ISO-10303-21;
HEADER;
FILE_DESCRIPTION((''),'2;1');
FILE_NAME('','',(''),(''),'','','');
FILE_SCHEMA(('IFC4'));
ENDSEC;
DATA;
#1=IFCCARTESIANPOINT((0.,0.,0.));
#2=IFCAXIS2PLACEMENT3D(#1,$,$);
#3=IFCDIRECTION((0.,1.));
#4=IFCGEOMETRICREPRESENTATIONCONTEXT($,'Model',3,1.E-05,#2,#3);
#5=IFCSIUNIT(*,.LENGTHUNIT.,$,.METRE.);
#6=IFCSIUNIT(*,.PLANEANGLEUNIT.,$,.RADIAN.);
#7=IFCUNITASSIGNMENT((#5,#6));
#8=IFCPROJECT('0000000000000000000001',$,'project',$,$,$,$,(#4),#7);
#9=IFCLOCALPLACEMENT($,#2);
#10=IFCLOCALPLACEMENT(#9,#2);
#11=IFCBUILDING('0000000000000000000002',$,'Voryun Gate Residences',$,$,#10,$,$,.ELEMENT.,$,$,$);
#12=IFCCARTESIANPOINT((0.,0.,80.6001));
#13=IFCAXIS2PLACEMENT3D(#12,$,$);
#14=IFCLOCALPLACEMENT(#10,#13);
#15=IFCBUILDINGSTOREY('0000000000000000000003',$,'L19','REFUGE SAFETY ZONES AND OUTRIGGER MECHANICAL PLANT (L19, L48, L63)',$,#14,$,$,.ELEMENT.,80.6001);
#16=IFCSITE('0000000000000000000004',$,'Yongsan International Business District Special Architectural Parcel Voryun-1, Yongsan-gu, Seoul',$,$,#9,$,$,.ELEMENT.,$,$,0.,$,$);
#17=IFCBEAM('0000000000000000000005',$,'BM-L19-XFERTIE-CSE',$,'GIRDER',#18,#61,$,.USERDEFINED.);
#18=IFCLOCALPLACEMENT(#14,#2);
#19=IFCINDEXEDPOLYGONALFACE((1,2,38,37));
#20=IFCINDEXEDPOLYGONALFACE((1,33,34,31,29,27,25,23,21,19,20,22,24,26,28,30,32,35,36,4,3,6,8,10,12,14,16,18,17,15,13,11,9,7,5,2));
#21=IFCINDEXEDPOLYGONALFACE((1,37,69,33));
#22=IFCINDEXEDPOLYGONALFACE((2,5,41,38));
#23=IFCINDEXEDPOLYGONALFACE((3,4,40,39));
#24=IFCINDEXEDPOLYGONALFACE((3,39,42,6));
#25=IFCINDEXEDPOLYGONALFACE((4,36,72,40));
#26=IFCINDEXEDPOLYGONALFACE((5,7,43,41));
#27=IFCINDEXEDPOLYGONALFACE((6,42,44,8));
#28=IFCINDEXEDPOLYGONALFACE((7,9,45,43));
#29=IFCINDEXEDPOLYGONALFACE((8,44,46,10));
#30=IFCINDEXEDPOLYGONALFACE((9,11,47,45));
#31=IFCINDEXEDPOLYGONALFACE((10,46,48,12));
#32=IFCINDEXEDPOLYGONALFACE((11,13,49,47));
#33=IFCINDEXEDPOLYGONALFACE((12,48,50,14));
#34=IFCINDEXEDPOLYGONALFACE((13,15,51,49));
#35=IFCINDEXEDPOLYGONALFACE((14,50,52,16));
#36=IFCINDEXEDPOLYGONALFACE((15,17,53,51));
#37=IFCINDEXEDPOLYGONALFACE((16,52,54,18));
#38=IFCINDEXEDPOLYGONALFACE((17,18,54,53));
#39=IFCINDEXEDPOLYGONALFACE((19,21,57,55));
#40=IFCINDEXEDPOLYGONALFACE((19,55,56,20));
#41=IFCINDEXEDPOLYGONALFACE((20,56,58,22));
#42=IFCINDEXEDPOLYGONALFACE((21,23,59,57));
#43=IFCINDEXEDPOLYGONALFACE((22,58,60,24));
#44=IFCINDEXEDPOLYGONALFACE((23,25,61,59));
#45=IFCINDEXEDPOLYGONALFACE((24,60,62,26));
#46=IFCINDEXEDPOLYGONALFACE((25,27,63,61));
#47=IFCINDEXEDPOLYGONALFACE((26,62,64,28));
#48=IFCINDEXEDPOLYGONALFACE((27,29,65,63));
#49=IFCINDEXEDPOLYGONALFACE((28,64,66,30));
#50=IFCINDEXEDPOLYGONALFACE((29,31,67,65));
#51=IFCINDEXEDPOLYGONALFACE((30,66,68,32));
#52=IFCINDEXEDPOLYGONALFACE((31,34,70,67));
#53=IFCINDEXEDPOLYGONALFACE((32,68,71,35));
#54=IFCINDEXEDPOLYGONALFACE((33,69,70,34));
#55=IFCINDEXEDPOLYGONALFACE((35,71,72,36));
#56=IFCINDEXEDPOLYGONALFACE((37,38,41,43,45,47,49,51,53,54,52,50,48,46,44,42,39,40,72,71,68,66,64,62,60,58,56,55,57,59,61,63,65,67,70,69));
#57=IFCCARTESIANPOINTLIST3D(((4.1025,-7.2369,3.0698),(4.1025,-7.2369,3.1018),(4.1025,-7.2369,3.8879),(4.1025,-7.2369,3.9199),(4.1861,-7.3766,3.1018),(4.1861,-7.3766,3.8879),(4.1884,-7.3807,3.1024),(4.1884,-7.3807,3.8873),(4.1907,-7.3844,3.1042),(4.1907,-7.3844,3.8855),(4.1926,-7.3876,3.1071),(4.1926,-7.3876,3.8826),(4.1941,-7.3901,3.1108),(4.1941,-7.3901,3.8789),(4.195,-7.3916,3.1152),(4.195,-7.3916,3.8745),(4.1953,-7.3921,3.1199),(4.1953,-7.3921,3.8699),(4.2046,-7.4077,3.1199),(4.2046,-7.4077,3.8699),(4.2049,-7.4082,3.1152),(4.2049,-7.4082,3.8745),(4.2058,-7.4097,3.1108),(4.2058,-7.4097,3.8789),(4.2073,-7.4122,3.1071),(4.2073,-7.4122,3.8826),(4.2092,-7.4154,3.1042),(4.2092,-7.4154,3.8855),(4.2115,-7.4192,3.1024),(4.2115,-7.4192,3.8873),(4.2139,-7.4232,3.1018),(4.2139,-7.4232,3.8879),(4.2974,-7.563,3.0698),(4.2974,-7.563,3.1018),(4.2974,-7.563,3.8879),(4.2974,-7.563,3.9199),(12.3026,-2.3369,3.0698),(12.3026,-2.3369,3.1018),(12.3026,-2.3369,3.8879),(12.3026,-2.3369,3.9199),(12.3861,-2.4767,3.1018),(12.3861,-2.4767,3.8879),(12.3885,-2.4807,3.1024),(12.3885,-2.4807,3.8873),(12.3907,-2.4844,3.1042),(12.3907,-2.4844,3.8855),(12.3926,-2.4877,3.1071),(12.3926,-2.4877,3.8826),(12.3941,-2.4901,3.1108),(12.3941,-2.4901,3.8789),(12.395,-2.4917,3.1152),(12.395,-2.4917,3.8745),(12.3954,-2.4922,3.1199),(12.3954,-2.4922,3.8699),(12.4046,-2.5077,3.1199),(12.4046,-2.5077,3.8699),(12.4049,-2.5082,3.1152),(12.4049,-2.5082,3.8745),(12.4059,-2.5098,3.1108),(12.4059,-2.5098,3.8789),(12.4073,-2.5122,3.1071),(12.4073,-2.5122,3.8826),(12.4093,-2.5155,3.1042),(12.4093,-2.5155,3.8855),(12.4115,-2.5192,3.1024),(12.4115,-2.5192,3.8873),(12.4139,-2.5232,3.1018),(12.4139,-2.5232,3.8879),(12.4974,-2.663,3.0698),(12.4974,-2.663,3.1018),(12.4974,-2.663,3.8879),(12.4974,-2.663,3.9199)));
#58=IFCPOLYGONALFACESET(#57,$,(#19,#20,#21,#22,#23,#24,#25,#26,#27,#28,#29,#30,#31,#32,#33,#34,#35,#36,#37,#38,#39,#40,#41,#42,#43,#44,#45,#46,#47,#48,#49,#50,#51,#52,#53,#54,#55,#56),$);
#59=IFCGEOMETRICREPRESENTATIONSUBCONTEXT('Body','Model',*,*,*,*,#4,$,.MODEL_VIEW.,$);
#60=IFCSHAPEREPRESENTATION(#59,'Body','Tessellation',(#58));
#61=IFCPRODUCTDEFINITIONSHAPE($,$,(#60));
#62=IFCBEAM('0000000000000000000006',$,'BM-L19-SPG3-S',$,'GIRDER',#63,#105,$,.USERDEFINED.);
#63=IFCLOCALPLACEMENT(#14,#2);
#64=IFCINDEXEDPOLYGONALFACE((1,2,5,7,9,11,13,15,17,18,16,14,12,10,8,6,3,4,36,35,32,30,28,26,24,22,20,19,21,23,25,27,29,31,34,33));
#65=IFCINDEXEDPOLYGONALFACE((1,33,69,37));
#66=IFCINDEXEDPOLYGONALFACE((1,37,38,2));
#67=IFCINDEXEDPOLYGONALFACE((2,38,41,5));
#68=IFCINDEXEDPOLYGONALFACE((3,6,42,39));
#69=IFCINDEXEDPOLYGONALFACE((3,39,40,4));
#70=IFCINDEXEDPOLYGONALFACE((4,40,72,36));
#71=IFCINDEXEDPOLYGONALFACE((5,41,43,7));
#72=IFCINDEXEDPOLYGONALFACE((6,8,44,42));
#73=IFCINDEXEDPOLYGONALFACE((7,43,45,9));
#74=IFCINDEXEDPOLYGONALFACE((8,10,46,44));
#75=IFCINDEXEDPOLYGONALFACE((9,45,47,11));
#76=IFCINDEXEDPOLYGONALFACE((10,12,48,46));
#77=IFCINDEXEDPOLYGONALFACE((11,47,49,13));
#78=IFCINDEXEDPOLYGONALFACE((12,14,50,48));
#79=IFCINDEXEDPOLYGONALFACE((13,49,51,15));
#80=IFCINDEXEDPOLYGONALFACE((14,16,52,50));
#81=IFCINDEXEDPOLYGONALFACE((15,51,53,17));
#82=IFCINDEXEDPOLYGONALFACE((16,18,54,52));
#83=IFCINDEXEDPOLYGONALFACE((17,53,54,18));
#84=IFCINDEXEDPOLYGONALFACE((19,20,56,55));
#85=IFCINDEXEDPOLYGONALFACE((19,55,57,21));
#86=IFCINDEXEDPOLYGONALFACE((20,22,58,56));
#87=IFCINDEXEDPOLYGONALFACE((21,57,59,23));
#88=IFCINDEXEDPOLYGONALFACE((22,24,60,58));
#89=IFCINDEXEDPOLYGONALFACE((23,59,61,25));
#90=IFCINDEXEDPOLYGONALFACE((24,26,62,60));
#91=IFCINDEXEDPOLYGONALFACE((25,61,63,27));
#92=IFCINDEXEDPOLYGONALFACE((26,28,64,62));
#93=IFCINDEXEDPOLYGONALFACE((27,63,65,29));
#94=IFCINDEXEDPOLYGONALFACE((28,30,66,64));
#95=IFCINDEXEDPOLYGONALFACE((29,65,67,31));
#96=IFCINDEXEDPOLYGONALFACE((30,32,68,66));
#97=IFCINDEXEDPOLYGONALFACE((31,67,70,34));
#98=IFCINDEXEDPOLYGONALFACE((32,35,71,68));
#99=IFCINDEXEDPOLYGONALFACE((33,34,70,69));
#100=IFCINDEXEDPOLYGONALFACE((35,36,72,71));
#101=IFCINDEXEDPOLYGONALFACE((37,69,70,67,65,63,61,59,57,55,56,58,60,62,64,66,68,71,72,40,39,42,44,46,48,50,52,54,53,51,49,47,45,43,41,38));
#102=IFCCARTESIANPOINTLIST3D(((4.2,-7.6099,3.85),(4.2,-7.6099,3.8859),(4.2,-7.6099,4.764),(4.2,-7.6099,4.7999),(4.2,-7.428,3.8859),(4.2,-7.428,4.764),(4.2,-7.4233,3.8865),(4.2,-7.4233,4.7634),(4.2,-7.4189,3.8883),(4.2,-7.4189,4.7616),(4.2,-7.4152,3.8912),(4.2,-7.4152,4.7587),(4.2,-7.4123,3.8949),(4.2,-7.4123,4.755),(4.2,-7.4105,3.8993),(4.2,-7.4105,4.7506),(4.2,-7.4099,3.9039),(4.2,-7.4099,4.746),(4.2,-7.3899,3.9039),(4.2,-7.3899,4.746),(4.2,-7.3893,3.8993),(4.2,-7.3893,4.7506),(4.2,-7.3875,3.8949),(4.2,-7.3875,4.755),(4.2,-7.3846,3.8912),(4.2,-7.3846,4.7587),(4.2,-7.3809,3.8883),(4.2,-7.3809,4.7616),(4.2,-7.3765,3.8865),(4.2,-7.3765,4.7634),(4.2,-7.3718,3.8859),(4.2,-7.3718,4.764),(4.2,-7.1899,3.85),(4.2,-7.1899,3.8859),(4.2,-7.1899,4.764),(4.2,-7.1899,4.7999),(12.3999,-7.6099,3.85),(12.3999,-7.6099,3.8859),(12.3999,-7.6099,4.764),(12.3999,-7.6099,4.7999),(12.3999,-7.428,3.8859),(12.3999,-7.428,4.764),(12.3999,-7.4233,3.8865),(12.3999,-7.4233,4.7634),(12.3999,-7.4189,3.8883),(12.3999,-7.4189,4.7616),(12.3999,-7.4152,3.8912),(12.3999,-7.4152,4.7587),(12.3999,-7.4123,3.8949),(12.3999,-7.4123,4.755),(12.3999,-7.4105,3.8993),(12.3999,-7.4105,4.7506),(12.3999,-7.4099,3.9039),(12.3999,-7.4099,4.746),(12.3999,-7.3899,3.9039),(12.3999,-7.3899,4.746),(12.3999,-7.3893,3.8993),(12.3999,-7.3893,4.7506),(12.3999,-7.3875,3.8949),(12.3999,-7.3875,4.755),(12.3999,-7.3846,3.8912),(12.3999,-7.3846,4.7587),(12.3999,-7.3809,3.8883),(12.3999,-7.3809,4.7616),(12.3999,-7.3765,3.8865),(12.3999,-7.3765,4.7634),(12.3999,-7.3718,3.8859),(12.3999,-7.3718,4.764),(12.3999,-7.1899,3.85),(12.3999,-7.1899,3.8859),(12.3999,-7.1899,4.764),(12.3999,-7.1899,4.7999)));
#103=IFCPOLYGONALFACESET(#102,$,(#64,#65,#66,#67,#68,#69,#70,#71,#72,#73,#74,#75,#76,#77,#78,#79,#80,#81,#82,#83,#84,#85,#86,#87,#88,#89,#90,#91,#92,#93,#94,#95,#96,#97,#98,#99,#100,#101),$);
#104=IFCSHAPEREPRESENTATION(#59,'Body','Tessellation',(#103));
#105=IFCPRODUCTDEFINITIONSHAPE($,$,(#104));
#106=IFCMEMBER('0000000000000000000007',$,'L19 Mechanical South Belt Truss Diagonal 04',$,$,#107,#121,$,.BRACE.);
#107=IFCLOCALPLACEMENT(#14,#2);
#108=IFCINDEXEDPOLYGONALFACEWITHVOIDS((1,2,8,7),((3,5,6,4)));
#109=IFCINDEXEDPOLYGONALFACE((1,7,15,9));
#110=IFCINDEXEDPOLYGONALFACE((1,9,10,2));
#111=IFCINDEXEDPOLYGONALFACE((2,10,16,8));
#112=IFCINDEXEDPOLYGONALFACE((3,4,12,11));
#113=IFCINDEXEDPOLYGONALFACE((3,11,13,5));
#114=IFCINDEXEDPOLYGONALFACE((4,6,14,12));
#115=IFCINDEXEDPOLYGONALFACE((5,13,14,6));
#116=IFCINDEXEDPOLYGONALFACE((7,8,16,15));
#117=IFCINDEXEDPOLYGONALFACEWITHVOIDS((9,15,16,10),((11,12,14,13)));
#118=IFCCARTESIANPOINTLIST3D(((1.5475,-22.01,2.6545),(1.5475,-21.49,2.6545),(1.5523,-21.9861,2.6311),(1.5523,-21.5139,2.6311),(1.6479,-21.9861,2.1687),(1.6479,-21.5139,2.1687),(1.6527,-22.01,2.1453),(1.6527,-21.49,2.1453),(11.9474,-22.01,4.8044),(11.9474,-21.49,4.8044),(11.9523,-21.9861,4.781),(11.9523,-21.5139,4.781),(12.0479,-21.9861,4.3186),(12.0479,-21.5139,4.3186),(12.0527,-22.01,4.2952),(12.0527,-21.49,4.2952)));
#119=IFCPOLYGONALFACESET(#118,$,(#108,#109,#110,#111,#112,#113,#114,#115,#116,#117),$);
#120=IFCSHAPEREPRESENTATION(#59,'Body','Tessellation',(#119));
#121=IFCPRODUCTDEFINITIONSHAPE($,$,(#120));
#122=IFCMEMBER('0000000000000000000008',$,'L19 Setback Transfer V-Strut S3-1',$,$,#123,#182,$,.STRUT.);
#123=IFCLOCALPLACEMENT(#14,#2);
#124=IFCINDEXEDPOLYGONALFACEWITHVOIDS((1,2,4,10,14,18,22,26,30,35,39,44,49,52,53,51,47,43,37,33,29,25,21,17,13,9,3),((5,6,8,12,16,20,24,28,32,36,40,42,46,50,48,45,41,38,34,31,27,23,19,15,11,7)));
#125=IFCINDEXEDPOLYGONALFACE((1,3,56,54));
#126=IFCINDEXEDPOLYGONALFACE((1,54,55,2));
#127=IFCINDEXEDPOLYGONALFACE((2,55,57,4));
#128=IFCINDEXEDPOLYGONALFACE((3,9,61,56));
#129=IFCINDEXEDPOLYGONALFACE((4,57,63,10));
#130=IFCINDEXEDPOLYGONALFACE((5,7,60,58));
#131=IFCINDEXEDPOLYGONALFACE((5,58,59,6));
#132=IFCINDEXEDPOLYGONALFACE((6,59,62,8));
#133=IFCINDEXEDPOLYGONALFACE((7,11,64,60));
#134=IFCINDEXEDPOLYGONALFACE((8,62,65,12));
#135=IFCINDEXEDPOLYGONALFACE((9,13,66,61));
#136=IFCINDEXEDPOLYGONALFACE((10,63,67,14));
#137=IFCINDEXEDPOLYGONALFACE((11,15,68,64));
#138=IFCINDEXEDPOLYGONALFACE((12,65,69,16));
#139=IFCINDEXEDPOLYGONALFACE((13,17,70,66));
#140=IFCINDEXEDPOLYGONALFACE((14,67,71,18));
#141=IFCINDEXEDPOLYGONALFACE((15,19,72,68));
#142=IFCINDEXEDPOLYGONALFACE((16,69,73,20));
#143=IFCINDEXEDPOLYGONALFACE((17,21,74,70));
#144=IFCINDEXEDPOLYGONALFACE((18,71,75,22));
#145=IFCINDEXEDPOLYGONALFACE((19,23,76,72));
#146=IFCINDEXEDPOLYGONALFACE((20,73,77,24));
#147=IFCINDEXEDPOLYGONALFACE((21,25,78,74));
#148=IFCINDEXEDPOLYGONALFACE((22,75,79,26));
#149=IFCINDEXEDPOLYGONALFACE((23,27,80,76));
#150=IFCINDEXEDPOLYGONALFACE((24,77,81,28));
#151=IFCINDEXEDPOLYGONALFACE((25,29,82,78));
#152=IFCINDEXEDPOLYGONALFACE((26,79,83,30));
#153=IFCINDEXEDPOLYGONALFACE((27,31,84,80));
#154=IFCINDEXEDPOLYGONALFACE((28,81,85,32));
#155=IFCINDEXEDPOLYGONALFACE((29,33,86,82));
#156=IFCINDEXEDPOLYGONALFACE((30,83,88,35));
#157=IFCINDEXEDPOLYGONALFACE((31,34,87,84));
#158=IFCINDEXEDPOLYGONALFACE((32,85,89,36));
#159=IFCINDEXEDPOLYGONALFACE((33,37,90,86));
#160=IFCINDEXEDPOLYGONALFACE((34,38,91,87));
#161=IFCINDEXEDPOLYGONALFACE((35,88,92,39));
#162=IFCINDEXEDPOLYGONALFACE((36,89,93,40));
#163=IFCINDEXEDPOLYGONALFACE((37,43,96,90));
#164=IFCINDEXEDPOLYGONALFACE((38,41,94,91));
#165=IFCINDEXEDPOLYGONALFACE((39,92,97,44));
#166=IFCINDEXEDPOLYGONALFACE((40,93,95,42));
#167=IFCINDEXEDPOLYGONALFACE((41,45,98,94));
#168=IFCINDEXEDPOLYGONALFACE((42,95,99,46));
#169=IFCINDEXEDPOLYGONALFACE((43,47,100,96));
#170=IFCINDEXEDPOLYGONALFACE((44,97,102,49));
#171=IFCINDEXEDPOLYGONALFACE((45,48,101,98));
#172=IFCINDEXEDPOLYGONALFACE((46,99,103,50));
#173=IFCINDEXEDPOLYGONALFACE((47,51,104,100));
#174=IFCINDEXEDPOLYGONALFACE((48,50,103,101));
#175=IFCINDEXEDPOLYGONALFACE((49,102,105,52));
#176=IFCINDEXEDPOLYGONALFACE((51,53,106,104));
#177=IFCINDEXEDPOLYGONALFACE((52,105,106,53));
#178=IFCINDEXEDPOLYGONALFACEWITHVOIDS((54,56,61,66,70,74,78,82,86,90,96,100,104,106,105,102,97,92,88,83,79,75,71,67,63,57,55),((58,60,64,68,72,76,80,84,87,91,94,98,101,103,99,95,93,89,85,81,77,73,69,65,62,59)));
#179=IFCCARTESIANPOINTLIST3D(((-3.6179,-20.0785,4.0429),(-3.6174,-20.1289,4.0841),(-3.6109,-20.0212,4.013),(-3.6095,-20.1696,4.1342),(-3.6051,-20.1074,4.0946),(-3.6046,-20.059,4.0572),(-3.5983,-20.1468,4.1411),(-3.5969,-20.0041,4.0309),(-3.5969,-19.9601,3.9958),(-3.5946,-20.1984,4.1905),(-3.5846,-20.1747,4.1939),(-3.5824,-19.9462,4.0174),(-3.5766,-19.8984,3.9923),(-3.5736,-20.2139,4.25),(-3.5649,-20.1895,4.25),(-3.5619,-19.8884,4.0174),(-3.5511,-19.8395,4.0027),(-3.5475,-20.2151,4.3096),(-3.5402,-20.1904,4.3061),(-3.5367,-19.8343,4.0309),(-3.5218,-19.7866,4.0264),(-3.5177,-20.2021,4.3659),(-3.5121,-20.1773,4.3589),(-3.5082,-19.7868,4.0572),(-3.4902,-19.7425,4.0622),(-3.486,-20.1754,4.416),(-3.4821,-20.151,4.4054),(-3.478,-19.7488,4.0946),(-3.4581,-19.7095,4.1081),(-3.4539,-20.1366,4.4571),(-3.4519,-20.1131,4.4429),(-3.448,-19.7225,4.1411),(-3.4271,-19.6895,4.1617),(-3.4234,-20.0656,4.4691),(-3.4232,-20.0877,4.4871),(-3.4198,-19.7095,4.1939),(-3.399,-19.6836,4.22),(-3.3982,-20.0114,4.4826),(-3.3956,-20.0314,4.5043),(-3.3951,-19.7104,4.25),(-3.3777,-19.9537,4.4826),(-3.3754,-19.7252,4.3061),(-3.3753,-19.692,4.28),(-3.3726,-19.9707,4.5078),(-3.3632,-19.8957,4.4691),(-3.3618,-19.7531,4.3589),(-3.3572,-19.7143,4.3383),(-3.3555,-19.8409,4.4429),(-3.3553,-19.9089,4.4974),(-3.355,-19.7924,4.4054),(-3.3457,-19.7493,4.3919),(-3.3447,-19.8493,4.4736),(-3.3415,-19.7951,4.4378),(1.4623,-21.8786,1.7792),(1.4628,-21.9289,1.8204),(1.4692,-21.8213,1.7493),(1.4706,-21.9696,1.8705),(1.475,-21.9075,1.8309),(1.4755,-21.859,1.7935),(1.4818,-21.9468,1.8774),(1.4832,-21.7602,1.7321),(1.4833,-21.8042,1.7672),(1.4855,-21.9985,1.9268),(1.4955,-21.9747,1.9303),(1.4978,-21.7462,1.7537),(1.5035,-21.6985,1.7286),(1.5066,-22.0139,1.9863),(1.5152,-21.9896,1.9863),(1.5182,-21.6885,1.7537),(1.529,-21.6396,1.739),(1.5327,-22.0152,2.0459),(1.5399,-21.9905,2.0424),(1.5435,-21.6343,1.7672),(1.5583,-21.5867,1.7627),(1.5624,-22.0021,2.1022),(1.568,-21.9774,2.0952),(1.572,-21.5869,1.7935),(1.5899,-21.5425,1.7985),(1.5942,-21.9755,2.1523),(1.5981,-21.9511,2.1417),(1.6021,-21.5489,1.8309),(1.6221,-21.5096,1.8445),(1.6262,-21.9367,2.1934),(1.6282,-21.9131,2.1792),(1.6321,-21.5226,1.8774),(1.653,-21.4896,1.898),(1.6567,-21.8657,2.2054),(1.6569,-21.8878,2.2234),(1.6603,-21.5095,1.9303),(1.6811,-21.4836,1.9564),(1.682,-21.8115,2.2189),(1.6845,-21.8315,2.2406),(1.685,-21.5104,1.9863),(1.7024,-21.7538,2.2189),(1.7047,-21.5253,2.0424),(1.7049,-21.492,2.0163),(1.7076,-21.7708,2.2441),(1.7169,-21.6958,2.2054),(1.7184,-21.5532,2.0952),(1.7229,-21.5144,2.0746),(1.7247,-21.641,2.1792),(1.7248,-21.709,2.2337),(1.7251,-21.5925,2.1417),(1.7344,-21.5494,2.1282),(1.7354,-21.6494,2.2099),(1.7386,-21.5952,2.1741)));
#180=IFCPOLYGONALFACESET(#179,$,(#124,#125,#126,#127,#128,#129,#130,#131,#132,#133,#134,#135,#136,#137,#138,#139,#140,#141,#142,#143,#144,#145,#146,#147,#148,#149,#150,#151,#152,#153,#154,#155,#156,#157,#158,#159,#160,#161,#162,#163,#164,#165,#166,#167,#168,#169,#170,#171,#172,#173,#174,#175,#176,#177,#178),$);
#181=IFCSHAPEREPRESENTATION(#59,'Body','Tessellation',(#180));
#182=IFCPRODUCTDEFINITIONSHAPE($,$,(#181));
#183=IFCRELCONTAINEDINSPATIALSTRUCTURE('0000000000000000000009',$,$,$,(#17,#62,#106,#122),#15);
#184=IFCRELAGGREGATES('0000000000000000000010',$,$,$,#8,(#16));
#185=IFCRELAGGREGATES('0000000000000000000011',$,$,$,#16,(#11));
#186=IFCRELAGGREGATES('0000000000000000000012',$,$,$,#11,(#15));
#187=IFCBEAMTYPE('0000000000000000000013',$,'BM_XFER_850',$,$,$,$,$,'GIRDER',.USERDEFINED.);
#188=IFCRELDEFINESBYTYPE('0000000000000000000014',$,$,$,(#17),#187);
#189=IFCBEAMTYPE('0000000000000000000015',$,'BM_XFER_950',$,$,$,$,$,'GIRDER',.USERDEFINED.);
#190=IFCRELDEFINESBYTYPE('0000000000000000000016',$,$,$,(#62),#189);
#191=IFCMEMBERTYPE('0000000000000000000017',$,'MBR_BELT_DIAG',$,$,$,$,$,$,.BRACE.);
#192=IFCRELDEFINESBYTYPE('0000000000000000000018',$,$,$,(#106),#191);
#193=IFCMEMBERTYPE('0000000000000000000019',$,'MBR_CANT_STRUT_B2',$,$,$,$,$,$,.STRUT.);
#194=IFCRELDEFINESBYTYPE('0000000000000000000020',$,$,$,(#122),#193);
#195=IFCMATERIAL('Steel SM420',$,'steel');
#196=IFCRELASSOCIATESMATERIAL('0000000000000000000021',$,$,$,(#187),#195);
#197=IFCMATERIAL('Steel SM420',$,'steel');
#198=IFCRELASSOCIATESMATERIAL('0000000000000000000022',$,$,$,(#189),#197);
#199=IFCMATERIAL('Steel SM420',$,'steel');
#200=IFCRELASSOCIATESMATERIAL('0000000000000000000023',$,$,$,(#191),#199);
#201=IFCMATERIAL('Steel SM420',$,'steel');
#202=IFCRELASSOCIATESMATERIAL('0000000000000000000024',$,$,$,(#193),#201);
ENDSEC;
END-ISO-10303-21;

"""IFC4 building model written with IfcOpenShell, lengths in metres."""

from ifc_helpers import new_model, si_unit, direction, frame, origin, origin_2d, place, context, subcontext, project, spatial, hollow_rectangle, hollow_circle, i_section, extrude, material, material_profile, profile_set, type_object, element, save


model = new_model("IFC4")

# Units and contexts
model_context = context("Model", 3, precision=1e-05, world=origin(), true_north=direction((0.0, 1.0)))
body_context = subcontext(model_context, "Body", "Model", "MODEL_VIEW")
ifc_project = project(units=[si_unit("LENGTHUNIT", "METRE"), si_unit("PLANEANGLEUNIT", "RADIAN")], contexts=[model_context])

# Site, building, storey
site_placement = place(None, origin())
site = spatial("IfcSite", under=ifc_project, at=site_placement, Name="Yongsan International Business District Special Architectural Parcel Voryun-1, Yongsan-gu, Seoul", CompositionType="ELEMENT", RefElevation=0.0)
building_placement = place(site_placement, origin())
building = spatial("IfcBuilding", under=site, at=building_placement, Name="Voryun Gate Residences", CompositionType="ELEMENT")
storey_placement = place(building_placement, frame((0.0, 0.0, 80.6001)))
storey = spatial("IfcBuildingStorey", under=building, at=storey_placement, Name="L19", Description="REFUGE SAFETY ZONES AND OUTRIGGER MECHANICAL PLANT (L19, L48, L63)", CompositionType="ELEMENT", Elevation=80.6001)

# Beams
ifc_material_1 = material(Name="Steel SM420", Category="steel")
ifc_material_profile_1 = material_profile(ifc_material_1, i_section(OverallWidth=0.3799, OverallDepth=0.8501, WebThickness=0.0181, FlangeThickness=0.032, FilletRadius=0.0181, at=origin_2d()), Name="H-850x380x18x32")
ifc_profile_set_1 = profile_set([ifc_material_profile_1], Name="Steel SM420")
beam_type_1 = type_object("IfcBeamType", Name="BM_XFER_850", ElementType="GIRDER", PredefinedType="USERDEFINED", material=ifc_profile_set_1)
beam_1_placement = place(storey_placement, frame((4.2, -7.3999, 3.4949), z_axis=(0.858418, 0.51295, 0.0), x_axis=(-0.51295, 0.858418, 0.0)))
element("IfcBeam", 1, at=beam_1_placement, inside=storey, type_object=beam_type_1, Name="BM-L19-XFERTIE-CSE", ObjectType="GIRDER", PredefinedType="USERDEFINED", context=body_context, shape_type="SweptSolid", body=[
    extrude(i_section(OverallWidth=0.3799, OverallDepth=0.8501, WebThickness=0.0181, FlangeThickness=0.032, FilletRadius=0.0181, at=origin_2d()), origin(), (0.0, 0.0, 1.0), 9.5525),
])
ifc_material_2 = material(Name="Steel SM420", Category="steel")
ifc_material_profile_2 = material_profile(ifc_material_2, i_section(OverallWidth=0.4199, OverallDepth=0.95, WebThickness=0.02, FlangeThickness=0.0359, FilletRadius=0.0181, at=origin_2d()), Name="H-950x420x20x36")
ifc_profile_set_2 = profile_set([ifc_material_profile_2], Name="Steel SM420")
beam_type_2 = type_object("IfcBeamType", Name="BM_XFER_950", ElementType="GIRDER", PredefinedType="USERDEFINED", material=ifc_profile_set_2)
beam_2_placement = place(storey_placement, frame((4.2, -7.3999, 4.325), z_axis=(1.0, 0.0, 0.0), x_axis=(0.0, 1.0, 0.0)))
element("IfcBeam", 2, at=beam_2_placement, inside=storey, type_object=beam_type_2, Name="BM-L19-SPG3-S", ObjectType="GIRDER", PredefinedType="USERDEFINED", context=body_context, shape_type="SweptSolid", body=[
    extrude(i_section(OverallWidth=0.4199, OverallDepth=0.95, WebThickness=0.02, FlangeThickness=0.0359, FilletRadius=0.0181, at=origin_2d()), origin(), (0.0, 0.0, 1.0), 8.2),
])

# Members
ifc_material_3 = material(Name="Steel SM420", Category="steel")
ifc_material_profile_3 = material_profile(ifc_material_3, hollow_rectangle(XDim=0.52, YDim=0.52, WallThickness=0.0239, at=origin_2d()), Name="BOX-520x520x24")
ifc_profile_set_3 = profile_set([ifc_material_profile_3], Name="Steel SM420")
member_type_1 = type_object("IfcMemberType", Name="MBR_BELT_DIAG", PredefinedType="BRACE", material=ifc_profile_set_3)
member_1_placement = place(storey_placement, frame((1.6001, -21.75, 2.3999), z_axis=(0.979294, 0.0, 0.202443), x_axis=(0.0, 1.0, 0.0)))
element("IfcMember", 3, at=member_1_placement, inside=storey, type_object=member_type_1, Name="L19 Mechanical South Belt Truss Diagonal 04", PredefinedType="BRACE", context=body_context, shape_type="SweptSolid", body=[
    extrude(hollow_rectangle(XDim=0.52, YDim=0.52, WallThickness=0.0239, at=origin_2d()), origin(), (0.0, 0.0, 1.0), 10.6199),
])
ifc_material_4 = material(Name="Steel SM420", Category="steel")
ifc_material_profile_4 = material_profile(ifc_material_4, hollow_circle(Radius=0.28, WallThickness=0.0259, at=origin_2d()), Name="CHS-560x26")
ifc_profile_set_4 = profile_set([ifc_material_profile_4], Name="Steel SM420")
member_type_2 = type_object("IfcMemberType", Name="MBR_CANT_STRUT_B2", PredefinedType="STRUT", material=ifc_profile_set_4)
member_2_placement = place(storey_placement, frame((1.6001, -21.75, 1.9863), z_axis=(-0.869036, 0.30793, 0.387241), x_axis=(-0.333988, -0.942577, 0.0)))
element("IfcMember", 4, at=member_2_placement, inside=storey, type_object=member_type_2, Name="L19 Setback Transfer V-Strut S3-1", PredefinedType="STRUT", context=body_context, shape_type="SweptSolid", body=[
    extrude(hollow_circle(Radius=0.28, WallThickness=0.0259, at=origin_2d()), origin(), (0.0, 0.0, 1.0), 5.8457),
])

save(model, "model.ifc")
